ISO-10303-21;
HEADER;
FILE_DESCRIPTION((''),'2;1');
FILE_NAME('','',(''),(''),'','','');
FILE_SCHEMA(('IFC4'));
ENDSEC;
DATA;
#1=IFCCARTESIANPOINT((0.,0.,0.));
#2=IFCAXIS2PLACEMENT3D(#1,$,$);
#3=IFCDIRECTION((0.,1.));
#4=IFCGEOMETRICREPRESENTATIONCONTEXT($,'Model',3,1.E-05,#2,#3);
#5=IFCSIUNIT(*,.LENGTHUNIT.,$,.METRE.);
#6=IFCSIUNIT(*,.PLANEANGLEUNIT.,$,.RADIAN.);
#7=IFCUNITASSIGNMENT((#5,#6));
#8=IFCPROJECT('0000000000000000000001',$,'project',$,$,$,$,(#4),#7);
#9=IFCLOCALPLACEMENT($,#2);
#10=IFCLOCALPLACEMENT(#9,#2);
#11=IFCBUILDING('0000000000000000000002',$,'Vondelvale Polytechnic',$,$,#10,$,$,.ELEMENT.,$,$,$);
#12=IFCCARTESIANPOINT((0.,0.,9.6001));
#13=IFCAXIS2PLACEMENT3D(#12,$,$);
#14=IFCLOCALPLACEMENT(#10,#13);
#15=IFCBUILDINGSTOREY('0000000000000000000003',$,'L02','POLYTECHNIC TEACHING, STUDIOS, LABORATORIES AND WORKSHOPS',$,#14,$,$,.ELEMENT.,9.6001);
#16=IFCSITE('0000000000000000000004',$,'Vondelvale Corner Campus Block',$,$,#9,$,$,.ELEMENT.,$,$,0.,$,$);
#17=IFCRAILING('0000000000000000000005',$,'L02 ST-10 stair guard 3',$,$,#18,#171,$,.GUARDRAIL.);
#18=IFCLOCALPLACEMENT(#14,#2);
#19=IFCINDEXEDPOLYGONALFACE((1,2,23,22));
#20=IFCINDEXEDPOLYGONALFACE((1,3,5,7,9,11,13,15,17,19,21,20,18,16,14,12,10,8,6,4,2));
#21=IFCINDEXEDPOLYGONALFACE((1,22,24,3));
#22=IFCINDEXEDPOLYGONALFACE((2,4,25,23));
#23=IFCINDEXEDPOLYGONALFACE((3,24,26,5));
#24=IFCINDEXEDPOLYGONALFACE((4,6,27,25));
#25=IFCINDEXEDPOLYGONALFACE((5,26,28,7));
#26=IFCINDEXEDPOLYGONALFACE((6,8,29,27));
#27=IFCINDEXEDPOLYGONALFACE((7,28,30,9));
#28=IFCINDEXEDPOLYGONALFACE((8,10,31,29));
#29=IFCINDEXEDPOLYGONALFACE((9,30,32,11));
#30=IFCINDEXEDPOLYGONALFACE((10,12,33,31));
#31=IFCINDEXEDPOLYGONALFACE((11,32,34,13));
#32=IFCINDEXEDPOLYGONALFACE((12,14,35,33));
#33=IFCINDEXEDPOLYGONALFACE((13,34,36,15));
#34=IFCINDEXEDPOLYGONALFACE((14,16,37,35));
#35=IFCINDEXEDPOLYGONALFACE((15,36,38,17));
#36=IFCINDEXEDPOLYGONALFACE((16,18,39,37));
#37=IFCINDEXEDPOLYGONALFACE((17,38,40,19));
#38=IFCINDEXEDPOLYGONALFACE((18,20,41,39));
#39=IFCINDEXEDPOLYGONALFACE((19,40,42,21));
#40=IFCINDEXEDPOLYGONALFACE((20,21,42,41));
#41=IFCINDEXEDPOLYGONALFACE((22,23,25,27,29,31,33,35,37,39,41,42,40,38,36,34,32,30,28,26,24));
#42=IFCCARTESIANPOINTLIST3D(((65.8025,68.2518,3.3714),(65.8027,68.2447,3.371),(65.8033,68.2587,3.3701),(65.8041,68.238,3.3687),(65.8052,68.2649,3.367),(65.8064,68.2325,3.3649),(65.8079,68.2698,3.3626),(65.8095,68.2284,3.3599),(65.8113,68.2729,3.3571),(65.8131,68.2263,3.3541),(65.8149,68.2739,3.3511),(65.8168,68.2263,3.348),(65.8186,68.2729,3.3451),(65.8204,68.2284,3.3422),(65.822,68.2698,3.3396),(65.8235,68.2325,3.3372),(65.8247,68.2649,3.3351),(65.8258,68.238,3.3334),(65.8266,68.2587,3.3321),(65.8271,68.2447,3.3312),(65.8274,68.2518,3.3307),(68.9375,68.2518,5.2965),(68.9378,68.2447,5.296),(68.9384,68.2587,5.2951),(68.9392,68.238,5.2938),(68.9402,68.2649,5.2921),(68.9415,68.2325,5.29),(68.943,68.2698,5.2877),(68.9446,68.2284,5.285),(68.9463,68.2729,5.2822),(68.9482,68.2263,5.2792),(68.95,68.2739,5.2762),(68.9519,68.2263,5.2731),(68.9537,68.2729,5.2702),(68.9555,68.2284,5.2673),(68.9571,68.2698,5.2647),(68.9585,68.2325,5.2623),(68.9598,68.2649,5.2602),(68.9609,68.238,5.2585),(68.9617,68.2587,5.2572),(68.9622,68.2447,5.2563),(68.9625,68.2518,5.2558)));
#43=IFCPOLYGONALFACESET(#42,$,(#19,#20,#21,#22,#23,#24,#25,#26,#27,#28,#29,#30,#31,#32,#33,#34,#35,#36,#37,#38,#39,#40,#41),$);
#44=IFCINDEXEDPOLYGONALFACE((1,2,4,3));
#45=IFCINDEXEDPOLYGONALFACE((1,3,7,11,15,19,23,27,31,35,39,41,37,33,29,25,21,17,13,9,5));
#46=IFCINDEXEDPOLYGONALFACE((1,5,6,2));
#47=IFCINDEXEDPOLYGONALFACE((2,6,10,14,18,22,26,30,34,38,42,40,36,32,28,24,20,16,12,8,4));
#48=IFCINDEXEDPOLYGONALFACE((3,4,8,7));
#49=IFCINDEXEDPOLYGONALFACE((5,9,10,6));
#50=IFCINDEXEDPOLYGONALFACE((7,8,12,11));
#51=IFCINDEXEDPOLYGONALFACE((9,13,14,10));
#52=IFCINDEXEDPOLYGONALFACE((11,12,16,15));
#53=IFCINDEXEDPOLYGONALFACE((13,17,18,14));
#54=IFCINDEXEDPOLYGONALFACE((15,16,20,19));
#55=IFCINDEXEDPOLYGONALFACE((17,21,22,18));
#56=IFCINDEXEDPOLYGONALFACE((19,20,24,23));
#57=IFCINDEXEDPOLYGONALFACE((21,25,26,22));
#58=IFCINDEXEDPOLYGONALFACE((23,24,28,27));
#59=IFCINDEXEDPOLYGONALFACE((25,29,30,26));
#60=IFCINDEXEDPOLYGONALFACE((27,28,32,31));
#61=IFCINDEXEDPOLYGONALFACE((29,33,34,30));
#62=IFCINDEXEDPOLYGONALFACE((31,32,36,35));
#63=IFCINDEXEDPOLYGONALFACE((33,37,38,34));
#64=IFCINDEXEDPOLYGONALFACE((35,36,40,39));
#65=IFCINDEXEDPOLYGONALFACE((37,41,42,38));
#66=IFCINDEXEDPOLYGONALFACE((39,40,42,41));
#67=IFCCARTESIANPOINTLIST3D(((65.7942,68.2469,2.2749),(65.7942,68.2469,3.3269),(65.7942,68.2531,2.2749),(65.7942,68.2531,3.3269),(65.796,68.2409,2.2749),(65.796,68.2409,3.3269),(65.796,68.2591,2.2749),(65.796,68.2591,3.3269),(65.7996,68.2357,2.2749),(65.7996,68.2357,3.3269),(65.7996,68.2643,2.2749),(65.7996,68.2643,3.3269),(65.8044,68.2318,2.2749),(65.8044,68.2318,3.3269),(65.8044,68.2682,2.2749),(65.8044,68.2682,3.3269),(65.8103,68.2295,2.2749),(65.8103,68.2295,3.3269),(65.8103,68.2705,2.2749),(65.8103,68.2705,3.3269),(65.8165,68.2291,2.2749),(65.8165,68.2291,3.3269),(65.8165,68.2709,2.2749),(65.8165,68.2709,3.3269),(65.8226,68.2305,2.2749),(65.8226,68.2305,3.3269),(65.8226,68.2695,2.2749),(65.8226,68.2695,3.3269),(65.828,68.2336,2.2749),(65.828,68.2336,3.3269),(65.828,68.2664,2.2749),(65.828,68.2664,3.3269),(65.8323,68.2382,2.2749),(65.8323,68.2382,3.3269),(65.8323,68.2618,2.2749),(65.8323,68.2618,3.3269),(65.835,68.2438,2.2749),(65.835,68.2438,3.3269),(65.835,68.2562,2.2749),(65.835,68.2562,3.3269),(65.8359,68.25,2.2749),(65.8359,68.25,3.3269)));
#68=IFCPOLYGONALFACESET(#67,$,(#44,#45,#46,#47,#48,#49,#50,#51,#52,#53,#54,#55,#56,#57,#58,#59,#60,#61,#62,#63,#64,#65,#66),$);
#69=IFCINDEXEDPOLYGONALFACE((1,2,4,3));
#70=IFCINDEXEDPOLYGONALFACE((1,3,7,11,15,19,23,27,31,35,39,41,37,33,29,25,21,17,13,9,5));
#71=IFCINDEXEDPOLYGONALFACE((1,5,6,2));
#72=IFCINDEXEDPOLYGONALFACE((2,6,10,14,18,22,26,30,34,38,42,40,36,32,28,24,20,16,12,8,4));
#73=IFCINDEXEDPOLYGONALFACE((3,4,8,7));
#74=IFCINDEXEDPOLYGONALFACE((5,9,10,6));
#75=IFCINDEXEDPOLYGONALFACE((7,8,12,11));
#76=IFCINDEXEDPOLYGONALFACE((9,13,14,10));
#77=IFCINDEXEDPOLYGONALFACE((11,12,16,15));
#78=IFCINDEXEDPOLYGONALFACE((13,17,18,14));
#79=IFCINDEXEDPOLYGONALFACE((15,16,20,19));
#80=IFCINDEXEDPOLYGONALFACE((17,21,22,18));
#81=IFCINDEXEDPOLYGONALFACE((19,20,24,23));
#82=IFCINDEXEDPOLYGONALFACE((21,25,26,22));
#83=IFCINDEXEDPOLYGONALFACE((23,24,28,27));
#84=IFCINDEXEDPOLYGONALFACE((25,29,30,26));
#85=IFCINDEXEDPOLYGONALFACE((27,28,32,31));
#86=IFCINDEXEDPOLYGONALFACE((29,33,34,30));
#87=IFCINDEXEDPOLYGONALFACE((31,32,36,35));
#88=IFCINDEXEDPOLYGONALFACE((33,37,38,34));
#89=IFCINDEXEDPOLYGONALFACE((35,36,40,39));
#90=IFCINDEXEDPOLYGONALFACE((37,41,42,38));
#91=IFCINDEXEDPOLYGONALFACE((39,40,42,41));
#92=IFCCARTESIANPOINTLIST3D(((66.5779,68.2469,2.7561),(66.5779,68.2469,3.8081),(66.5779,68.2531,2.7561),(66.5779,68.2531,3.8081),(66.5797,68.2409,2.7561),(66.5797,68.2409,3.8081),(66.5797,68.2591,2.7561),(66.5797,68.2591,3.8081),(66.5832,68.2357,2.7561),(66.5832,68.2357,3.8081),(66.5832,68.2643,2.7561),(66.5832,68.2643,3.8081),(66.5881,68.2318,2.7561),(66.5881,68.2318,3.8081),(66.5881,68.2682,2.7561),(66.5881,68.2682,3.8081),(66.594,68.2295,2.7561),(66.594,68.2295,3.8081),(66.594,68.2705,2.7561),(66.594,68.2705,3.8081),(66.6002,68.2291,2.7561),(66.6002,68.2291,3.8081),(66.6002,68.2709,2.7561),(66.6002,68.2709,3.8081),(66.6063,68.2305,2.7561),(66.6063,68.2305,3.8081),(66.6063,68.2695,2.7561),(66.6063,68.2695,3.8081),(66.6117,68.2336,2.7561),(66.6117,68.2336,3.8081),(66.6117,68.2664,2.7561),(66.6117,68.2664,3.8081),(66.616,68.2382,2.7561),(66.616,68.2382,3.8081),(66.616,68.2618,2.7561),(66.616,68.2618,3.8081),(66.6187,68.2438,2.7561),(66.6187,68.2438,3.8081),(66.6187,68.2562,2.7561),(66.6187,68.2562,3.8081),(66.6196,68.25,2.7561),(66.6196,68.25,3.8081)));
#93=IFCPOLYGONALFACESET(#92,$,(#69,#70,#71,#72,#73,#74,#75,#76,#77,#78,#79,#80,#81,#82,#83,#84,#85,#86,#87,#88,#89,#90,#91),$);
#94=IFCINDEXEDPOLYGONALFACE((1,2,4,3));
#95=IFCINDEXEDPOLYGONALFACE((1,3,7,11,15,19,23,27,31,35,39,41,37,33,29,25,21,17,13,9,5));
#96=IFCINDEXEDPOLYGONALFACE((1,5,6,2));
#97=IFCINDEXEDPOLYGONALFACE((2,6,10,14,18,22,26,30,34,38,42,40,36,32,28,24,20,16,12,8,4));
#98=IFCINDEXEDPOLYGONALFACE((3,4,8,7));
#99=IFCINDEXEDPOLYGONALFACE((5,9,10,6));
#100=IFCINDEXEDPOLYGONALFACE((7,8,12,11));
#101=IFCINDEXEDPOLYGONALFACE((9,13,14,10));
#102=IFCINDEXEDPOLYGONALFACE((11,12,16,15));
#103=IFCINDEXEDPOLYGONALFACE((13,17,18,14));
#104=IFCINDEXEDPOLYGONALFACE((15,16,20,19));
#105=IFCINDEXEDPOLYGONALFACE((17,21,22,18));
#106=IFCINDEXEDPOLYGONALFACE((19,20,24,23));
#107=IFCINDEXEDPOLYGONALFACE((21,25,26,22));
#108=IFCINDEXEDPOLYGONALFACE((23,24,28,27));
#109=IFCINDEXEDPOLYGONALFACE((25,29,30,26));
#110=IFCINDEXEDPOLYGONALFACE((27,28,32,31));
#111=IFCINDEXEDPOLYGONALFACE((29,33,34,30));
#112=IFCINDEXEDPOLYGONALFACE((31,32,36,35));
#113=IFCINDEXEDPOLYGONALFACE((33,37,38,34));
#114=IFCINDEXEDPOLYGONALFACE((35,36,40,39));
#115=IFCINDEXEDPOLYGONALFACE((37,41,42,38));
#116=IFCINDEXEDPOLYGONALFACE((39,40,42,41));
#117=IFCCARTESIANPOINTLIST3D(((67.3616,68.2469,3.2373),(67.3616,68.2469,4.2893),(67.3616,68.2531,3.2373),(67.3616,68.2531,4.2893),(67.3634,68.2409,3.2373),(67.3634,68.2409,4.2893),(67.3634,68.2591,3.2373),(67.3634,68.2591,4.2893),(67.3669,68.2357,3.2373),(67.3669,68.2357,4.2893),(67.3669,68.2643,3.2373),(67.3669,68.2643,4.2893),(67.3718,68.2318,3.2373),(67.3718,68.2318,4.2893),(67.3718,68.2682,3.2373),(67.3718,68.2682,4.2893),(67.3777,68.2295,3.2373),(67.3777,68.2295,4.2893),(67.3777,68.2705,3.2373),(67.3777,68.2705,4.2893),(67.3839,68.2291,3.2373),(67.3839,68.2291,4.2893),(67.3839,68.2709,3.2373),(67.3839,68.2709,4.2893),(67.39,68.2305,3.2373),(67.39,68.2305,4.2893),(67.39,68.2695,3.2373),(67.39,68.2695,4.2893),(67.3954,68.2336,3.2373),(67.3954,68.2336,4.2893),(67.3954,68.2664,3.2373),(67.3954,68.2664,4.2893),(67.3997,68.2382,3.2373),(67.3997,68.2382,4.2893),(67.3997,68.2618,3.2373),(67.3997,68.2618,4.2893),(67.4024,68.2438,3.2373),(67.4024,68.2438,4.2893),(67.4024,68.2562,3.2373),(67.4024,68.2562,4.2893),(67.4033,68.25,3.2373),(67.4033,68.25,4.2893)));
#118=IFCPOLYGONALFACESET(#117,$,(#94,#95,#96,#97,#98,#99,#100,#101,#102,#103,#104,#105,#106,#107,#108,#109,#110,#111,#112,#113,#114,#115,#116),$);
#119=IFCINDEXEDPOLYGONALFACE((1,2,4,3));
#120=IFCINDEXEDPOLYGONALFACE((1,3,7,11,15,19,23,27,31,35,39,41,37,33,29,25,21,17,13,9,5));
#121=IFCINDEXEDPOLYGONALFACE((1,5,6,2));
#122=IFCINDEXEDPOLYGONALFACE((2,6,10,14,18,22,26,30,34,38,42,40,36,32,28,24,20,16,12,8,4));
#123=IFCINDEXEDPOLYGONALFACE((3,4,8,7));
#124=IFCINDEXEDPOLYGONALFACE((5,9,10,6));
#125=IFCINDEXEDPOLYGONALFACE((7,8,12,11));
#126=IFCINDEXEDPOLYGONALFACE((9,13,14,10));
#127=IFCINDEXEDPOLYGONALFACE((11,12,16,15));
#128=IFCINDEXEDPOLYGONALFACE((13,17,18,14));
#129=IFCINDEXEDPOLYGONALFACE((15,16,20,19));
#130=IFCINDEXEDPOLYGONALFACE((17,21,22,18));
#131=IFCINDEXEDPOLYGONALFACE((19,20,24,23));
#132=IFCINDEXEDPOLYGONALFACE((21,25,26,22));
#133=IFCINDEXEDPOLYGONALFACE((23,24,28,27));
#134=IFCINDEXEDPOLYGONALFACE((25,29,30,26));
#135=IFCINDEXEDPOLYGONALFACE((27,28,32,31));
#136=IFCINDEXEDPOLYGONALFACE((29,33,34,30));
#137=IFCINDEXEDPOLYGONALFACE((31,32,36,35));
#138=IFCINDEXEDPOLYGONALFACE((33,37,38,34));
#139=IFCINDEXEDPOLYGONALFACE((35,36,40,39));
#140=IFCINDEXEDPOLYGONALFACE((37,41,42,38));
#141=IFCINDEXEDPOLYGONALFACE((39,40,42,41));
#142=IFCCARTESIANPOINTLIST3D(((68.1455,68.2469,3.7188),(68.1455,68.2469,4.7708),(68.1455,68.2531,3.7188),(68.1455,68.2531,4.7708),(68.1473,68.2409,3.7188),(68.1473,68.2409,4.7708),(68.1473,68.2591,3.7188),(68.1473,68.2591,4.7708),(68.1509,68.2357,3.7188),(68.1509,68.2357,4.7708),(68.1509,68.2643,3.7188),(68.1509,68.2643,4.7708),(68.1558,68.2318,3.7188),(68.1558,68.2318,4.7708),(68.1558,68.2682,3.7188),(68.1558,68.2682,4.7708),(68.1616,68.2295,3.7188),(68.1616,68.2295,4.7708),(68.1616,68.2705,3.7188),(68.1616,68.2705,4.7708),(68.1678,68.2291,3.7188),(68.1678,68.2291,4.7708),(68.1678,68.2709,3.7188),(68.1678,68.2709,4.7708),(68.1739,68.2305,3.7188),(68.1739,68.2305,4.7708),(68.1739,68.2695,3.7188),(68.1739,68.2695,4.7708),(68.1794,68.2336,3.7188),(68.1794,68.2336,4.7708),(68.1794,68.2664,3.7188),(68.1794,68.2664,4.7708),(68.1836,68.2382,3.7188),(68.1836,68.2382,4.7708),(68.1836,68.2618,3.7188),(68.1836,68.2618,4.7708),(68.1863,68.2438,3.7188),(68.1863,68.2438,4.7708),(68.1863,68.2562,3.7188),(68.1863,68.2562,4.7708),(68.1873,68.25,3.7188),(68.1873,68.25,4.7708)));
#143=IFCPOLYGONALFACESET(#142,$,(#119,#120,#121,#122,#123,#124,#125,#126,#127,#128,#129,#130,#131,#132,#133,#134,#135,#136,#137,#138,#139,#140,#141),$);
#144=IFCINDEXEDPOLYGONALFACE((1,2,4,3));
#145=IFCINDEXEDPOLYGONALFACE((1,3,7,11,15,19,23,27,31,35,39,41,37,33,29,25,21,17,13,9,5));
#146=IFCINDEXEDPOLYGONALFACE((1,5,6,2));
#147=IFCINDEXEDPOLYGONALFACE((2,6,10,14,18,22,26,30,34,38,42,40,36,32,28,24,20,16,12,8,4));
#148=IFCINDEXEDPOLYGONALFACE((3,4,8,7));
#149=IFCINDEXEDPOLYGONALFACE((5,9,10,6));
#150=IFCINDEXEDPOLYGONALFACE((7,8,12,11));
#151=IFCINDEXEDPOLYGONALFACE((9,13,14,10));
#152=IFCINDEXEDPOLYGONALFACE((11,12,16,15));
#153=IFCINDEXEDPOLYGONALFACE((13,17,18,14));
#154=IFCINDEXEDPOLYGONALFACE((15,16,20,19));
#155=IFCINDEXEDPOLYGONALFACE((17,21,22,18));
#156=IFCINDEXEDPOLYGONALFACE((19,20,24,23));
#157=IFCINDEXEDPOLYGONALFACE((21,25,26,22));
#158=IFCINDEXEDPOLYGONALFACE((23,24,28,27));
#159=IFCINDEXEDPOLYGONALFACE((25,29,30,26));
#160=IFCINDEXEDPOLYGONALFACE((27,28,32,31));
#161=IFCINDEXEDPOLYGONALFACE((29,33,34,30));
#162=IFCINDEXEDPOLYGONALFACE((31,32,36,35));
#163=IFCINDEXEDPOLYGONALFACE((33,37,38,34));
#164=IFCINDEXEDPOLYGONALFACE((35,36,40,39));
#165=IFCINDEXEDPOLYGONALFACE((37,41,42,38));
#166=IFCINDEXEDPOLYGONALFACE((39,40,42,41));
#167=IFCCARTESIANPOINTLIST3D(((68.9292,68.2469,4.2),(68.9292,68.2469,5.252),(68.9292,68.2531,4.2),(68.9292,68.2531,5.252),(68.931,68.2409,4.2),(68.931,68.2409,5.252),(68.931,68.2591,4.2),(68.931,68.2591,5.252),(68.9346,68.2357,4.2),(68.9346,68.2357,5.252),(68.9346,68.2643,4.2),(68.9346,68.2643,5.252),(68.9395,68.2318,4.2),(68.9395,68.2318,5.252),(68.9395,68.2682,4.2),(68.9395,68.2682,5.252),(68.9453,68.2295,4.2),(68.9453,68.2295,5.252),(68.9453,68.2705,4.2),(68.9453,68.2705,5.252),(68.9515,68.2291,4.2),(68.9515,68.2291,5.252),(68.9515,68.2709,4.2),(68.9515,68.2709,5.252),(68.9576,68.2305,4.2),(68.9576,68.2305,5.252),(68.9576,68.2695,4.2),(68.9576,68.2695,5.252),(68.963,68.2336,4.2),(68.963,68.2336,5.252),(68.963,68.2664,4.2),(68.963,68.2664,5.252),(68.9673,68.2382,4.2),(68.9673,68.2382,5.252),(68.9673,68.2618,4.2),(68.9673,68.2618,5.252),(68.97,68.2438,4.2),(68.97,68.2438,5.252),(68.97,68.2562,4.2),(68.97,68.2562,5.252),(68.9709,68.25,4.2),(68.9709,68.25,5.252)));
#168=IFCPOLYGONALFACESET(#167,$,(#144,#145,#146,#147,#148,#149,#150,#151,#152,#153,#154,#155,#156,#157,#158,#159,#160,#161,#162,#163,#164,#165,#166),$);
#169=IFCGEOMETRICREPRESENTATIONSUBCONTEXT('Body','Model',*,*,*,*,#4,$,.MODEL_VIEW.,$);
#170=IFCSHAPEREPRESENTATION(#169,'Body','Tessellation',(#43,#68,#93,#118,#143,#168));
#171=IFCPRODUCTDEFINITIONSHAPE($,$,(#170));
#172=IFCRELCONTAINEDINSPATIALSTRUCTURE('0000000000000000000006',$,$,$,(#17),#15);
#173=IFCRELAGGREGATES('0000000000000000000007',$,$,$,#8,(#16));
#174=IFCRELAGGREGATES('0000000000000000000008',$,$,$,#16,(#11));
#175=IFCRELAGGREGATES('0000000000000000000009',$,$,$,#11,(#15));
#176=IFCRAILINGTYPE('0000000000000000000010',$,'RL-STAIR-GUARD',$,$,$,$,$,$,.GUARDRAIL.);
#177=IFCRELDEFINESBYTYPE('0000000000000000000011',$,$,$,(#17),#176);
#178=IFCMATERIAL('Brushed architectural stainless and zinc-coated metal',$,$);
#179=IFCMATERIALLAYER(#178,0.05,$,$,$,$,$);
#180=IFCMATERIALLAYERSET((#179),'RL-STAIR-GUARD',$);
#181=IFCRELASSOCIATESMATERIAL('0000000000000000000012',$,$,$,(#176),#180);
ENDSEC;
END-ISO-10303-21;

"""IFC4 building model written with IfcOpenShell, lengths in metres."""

from ifc_helpers import new_model, si_unit, direction, frame, origin, origin_2d, place, context, subcontext, project, spatial, circle, extrude, material, layer, layer_set, type_object, element, save


model = new_model("IFC4")

# Units and contexts
model_context = context("Model", 3, precision=1e-05, world=origin(), true_north=direction((0.0, 1.0)))
body_context = subcontext(model_context, "Body", "Model", "MODEL_VIEW")
ifc_project = project(units=[si_unit("LENGTHUNIT", "METRE"), si_unit("PLANEANGLEUNIT", "RADIAN")], contexts=[model_context])

# Site, building, storey
site_placement = place(None, origin())
site = spatial("IfcSite", under=ifc_project, at=site_placement, Name="Vondelvale Corner Campus Block", CompositionType="ELEMENT", RefElevation=0.0)
building_placement = place(site_placement, origin())
building = spatial("IfcBuilding", under=site, at=building_placement, Name="Vondelvale Polytechnic", CompositionType="ELEMENT")
storey_placement = place(building_placement, frame((0.0, 0.0, 9.6001)))
storey = spatial("IfcBuildingStorey", under=building, at=storey_placement, Name="L02", Description="POLYTECHNIC TEACHING, STUDIOS, LABORATORIES AND WORKSHOPS", CompositionType="ELEMENT", Elevation=9.6001)

# Railing
ifc_material_1 = material(Name="Brushed architectural stainless and zinc-coated metal")
ifc_layer_1 = layer(ifc_material_1, 0.05)
ifc_layer_set_1 = layer_set([ifc_layer_1], Name="RL-STAIR-GUARD")
railing_type_1 = type_object("IfcRailingType", Name="RL-STAIR-GUARD", PredefinedType="GUARDRAIL", material=ifc_layer_set_1)
railing_1_placement = place(storey_placement, frame((65.8149, 68.25, 2.2749)))
element("IfcRailing", 1, at=railing_1_placement, inside=storey, type_object=railing_type_1, Name="L02 ST-10 stair guard 3", PredefinedType="GUARDRAIL", context=body_context, shape_type="SweptSolid", body=[
    extrude(circle(Radius=0.0239, at=origin_2d()), frame((0.0, 0.0, 1.0762), z_axis=(0.852166, 0.0, 0.523271), x_axis=(0.0, 1.0, 0.0)), (0.0, 0.0, 1.0), 3.679),
    extrude(circle(Radius=0.021, at=origin_2d()), origin(), (0.0, 0.0, 1.0), 1.052),
    extrude(circle(Radius=0.021, at=origin_2d()), frame((0.7837, 0.0, 0.4812)), (0.0, 0.0, 1.0), 1.052),
    extrude(circle(Radius=0.021, at=origin_2d()), frame((1.5674, 0.0, 0.9624)), (0.0, 0.0, 1.0), 1.052),
    extrude(circle(Radius=0.021, at=origin_2d()), frame((2.3513, 0.0, 1.4438)), (0.0, 0.0, 1.0), 1.052),
    extrude(circle(Radius=0.021, at=origin_2d()), frame((3.135, 0.0, 1.925)), (0.0, 0.0, 1.0), 1.052),
])

save(model, "model.ifc")
